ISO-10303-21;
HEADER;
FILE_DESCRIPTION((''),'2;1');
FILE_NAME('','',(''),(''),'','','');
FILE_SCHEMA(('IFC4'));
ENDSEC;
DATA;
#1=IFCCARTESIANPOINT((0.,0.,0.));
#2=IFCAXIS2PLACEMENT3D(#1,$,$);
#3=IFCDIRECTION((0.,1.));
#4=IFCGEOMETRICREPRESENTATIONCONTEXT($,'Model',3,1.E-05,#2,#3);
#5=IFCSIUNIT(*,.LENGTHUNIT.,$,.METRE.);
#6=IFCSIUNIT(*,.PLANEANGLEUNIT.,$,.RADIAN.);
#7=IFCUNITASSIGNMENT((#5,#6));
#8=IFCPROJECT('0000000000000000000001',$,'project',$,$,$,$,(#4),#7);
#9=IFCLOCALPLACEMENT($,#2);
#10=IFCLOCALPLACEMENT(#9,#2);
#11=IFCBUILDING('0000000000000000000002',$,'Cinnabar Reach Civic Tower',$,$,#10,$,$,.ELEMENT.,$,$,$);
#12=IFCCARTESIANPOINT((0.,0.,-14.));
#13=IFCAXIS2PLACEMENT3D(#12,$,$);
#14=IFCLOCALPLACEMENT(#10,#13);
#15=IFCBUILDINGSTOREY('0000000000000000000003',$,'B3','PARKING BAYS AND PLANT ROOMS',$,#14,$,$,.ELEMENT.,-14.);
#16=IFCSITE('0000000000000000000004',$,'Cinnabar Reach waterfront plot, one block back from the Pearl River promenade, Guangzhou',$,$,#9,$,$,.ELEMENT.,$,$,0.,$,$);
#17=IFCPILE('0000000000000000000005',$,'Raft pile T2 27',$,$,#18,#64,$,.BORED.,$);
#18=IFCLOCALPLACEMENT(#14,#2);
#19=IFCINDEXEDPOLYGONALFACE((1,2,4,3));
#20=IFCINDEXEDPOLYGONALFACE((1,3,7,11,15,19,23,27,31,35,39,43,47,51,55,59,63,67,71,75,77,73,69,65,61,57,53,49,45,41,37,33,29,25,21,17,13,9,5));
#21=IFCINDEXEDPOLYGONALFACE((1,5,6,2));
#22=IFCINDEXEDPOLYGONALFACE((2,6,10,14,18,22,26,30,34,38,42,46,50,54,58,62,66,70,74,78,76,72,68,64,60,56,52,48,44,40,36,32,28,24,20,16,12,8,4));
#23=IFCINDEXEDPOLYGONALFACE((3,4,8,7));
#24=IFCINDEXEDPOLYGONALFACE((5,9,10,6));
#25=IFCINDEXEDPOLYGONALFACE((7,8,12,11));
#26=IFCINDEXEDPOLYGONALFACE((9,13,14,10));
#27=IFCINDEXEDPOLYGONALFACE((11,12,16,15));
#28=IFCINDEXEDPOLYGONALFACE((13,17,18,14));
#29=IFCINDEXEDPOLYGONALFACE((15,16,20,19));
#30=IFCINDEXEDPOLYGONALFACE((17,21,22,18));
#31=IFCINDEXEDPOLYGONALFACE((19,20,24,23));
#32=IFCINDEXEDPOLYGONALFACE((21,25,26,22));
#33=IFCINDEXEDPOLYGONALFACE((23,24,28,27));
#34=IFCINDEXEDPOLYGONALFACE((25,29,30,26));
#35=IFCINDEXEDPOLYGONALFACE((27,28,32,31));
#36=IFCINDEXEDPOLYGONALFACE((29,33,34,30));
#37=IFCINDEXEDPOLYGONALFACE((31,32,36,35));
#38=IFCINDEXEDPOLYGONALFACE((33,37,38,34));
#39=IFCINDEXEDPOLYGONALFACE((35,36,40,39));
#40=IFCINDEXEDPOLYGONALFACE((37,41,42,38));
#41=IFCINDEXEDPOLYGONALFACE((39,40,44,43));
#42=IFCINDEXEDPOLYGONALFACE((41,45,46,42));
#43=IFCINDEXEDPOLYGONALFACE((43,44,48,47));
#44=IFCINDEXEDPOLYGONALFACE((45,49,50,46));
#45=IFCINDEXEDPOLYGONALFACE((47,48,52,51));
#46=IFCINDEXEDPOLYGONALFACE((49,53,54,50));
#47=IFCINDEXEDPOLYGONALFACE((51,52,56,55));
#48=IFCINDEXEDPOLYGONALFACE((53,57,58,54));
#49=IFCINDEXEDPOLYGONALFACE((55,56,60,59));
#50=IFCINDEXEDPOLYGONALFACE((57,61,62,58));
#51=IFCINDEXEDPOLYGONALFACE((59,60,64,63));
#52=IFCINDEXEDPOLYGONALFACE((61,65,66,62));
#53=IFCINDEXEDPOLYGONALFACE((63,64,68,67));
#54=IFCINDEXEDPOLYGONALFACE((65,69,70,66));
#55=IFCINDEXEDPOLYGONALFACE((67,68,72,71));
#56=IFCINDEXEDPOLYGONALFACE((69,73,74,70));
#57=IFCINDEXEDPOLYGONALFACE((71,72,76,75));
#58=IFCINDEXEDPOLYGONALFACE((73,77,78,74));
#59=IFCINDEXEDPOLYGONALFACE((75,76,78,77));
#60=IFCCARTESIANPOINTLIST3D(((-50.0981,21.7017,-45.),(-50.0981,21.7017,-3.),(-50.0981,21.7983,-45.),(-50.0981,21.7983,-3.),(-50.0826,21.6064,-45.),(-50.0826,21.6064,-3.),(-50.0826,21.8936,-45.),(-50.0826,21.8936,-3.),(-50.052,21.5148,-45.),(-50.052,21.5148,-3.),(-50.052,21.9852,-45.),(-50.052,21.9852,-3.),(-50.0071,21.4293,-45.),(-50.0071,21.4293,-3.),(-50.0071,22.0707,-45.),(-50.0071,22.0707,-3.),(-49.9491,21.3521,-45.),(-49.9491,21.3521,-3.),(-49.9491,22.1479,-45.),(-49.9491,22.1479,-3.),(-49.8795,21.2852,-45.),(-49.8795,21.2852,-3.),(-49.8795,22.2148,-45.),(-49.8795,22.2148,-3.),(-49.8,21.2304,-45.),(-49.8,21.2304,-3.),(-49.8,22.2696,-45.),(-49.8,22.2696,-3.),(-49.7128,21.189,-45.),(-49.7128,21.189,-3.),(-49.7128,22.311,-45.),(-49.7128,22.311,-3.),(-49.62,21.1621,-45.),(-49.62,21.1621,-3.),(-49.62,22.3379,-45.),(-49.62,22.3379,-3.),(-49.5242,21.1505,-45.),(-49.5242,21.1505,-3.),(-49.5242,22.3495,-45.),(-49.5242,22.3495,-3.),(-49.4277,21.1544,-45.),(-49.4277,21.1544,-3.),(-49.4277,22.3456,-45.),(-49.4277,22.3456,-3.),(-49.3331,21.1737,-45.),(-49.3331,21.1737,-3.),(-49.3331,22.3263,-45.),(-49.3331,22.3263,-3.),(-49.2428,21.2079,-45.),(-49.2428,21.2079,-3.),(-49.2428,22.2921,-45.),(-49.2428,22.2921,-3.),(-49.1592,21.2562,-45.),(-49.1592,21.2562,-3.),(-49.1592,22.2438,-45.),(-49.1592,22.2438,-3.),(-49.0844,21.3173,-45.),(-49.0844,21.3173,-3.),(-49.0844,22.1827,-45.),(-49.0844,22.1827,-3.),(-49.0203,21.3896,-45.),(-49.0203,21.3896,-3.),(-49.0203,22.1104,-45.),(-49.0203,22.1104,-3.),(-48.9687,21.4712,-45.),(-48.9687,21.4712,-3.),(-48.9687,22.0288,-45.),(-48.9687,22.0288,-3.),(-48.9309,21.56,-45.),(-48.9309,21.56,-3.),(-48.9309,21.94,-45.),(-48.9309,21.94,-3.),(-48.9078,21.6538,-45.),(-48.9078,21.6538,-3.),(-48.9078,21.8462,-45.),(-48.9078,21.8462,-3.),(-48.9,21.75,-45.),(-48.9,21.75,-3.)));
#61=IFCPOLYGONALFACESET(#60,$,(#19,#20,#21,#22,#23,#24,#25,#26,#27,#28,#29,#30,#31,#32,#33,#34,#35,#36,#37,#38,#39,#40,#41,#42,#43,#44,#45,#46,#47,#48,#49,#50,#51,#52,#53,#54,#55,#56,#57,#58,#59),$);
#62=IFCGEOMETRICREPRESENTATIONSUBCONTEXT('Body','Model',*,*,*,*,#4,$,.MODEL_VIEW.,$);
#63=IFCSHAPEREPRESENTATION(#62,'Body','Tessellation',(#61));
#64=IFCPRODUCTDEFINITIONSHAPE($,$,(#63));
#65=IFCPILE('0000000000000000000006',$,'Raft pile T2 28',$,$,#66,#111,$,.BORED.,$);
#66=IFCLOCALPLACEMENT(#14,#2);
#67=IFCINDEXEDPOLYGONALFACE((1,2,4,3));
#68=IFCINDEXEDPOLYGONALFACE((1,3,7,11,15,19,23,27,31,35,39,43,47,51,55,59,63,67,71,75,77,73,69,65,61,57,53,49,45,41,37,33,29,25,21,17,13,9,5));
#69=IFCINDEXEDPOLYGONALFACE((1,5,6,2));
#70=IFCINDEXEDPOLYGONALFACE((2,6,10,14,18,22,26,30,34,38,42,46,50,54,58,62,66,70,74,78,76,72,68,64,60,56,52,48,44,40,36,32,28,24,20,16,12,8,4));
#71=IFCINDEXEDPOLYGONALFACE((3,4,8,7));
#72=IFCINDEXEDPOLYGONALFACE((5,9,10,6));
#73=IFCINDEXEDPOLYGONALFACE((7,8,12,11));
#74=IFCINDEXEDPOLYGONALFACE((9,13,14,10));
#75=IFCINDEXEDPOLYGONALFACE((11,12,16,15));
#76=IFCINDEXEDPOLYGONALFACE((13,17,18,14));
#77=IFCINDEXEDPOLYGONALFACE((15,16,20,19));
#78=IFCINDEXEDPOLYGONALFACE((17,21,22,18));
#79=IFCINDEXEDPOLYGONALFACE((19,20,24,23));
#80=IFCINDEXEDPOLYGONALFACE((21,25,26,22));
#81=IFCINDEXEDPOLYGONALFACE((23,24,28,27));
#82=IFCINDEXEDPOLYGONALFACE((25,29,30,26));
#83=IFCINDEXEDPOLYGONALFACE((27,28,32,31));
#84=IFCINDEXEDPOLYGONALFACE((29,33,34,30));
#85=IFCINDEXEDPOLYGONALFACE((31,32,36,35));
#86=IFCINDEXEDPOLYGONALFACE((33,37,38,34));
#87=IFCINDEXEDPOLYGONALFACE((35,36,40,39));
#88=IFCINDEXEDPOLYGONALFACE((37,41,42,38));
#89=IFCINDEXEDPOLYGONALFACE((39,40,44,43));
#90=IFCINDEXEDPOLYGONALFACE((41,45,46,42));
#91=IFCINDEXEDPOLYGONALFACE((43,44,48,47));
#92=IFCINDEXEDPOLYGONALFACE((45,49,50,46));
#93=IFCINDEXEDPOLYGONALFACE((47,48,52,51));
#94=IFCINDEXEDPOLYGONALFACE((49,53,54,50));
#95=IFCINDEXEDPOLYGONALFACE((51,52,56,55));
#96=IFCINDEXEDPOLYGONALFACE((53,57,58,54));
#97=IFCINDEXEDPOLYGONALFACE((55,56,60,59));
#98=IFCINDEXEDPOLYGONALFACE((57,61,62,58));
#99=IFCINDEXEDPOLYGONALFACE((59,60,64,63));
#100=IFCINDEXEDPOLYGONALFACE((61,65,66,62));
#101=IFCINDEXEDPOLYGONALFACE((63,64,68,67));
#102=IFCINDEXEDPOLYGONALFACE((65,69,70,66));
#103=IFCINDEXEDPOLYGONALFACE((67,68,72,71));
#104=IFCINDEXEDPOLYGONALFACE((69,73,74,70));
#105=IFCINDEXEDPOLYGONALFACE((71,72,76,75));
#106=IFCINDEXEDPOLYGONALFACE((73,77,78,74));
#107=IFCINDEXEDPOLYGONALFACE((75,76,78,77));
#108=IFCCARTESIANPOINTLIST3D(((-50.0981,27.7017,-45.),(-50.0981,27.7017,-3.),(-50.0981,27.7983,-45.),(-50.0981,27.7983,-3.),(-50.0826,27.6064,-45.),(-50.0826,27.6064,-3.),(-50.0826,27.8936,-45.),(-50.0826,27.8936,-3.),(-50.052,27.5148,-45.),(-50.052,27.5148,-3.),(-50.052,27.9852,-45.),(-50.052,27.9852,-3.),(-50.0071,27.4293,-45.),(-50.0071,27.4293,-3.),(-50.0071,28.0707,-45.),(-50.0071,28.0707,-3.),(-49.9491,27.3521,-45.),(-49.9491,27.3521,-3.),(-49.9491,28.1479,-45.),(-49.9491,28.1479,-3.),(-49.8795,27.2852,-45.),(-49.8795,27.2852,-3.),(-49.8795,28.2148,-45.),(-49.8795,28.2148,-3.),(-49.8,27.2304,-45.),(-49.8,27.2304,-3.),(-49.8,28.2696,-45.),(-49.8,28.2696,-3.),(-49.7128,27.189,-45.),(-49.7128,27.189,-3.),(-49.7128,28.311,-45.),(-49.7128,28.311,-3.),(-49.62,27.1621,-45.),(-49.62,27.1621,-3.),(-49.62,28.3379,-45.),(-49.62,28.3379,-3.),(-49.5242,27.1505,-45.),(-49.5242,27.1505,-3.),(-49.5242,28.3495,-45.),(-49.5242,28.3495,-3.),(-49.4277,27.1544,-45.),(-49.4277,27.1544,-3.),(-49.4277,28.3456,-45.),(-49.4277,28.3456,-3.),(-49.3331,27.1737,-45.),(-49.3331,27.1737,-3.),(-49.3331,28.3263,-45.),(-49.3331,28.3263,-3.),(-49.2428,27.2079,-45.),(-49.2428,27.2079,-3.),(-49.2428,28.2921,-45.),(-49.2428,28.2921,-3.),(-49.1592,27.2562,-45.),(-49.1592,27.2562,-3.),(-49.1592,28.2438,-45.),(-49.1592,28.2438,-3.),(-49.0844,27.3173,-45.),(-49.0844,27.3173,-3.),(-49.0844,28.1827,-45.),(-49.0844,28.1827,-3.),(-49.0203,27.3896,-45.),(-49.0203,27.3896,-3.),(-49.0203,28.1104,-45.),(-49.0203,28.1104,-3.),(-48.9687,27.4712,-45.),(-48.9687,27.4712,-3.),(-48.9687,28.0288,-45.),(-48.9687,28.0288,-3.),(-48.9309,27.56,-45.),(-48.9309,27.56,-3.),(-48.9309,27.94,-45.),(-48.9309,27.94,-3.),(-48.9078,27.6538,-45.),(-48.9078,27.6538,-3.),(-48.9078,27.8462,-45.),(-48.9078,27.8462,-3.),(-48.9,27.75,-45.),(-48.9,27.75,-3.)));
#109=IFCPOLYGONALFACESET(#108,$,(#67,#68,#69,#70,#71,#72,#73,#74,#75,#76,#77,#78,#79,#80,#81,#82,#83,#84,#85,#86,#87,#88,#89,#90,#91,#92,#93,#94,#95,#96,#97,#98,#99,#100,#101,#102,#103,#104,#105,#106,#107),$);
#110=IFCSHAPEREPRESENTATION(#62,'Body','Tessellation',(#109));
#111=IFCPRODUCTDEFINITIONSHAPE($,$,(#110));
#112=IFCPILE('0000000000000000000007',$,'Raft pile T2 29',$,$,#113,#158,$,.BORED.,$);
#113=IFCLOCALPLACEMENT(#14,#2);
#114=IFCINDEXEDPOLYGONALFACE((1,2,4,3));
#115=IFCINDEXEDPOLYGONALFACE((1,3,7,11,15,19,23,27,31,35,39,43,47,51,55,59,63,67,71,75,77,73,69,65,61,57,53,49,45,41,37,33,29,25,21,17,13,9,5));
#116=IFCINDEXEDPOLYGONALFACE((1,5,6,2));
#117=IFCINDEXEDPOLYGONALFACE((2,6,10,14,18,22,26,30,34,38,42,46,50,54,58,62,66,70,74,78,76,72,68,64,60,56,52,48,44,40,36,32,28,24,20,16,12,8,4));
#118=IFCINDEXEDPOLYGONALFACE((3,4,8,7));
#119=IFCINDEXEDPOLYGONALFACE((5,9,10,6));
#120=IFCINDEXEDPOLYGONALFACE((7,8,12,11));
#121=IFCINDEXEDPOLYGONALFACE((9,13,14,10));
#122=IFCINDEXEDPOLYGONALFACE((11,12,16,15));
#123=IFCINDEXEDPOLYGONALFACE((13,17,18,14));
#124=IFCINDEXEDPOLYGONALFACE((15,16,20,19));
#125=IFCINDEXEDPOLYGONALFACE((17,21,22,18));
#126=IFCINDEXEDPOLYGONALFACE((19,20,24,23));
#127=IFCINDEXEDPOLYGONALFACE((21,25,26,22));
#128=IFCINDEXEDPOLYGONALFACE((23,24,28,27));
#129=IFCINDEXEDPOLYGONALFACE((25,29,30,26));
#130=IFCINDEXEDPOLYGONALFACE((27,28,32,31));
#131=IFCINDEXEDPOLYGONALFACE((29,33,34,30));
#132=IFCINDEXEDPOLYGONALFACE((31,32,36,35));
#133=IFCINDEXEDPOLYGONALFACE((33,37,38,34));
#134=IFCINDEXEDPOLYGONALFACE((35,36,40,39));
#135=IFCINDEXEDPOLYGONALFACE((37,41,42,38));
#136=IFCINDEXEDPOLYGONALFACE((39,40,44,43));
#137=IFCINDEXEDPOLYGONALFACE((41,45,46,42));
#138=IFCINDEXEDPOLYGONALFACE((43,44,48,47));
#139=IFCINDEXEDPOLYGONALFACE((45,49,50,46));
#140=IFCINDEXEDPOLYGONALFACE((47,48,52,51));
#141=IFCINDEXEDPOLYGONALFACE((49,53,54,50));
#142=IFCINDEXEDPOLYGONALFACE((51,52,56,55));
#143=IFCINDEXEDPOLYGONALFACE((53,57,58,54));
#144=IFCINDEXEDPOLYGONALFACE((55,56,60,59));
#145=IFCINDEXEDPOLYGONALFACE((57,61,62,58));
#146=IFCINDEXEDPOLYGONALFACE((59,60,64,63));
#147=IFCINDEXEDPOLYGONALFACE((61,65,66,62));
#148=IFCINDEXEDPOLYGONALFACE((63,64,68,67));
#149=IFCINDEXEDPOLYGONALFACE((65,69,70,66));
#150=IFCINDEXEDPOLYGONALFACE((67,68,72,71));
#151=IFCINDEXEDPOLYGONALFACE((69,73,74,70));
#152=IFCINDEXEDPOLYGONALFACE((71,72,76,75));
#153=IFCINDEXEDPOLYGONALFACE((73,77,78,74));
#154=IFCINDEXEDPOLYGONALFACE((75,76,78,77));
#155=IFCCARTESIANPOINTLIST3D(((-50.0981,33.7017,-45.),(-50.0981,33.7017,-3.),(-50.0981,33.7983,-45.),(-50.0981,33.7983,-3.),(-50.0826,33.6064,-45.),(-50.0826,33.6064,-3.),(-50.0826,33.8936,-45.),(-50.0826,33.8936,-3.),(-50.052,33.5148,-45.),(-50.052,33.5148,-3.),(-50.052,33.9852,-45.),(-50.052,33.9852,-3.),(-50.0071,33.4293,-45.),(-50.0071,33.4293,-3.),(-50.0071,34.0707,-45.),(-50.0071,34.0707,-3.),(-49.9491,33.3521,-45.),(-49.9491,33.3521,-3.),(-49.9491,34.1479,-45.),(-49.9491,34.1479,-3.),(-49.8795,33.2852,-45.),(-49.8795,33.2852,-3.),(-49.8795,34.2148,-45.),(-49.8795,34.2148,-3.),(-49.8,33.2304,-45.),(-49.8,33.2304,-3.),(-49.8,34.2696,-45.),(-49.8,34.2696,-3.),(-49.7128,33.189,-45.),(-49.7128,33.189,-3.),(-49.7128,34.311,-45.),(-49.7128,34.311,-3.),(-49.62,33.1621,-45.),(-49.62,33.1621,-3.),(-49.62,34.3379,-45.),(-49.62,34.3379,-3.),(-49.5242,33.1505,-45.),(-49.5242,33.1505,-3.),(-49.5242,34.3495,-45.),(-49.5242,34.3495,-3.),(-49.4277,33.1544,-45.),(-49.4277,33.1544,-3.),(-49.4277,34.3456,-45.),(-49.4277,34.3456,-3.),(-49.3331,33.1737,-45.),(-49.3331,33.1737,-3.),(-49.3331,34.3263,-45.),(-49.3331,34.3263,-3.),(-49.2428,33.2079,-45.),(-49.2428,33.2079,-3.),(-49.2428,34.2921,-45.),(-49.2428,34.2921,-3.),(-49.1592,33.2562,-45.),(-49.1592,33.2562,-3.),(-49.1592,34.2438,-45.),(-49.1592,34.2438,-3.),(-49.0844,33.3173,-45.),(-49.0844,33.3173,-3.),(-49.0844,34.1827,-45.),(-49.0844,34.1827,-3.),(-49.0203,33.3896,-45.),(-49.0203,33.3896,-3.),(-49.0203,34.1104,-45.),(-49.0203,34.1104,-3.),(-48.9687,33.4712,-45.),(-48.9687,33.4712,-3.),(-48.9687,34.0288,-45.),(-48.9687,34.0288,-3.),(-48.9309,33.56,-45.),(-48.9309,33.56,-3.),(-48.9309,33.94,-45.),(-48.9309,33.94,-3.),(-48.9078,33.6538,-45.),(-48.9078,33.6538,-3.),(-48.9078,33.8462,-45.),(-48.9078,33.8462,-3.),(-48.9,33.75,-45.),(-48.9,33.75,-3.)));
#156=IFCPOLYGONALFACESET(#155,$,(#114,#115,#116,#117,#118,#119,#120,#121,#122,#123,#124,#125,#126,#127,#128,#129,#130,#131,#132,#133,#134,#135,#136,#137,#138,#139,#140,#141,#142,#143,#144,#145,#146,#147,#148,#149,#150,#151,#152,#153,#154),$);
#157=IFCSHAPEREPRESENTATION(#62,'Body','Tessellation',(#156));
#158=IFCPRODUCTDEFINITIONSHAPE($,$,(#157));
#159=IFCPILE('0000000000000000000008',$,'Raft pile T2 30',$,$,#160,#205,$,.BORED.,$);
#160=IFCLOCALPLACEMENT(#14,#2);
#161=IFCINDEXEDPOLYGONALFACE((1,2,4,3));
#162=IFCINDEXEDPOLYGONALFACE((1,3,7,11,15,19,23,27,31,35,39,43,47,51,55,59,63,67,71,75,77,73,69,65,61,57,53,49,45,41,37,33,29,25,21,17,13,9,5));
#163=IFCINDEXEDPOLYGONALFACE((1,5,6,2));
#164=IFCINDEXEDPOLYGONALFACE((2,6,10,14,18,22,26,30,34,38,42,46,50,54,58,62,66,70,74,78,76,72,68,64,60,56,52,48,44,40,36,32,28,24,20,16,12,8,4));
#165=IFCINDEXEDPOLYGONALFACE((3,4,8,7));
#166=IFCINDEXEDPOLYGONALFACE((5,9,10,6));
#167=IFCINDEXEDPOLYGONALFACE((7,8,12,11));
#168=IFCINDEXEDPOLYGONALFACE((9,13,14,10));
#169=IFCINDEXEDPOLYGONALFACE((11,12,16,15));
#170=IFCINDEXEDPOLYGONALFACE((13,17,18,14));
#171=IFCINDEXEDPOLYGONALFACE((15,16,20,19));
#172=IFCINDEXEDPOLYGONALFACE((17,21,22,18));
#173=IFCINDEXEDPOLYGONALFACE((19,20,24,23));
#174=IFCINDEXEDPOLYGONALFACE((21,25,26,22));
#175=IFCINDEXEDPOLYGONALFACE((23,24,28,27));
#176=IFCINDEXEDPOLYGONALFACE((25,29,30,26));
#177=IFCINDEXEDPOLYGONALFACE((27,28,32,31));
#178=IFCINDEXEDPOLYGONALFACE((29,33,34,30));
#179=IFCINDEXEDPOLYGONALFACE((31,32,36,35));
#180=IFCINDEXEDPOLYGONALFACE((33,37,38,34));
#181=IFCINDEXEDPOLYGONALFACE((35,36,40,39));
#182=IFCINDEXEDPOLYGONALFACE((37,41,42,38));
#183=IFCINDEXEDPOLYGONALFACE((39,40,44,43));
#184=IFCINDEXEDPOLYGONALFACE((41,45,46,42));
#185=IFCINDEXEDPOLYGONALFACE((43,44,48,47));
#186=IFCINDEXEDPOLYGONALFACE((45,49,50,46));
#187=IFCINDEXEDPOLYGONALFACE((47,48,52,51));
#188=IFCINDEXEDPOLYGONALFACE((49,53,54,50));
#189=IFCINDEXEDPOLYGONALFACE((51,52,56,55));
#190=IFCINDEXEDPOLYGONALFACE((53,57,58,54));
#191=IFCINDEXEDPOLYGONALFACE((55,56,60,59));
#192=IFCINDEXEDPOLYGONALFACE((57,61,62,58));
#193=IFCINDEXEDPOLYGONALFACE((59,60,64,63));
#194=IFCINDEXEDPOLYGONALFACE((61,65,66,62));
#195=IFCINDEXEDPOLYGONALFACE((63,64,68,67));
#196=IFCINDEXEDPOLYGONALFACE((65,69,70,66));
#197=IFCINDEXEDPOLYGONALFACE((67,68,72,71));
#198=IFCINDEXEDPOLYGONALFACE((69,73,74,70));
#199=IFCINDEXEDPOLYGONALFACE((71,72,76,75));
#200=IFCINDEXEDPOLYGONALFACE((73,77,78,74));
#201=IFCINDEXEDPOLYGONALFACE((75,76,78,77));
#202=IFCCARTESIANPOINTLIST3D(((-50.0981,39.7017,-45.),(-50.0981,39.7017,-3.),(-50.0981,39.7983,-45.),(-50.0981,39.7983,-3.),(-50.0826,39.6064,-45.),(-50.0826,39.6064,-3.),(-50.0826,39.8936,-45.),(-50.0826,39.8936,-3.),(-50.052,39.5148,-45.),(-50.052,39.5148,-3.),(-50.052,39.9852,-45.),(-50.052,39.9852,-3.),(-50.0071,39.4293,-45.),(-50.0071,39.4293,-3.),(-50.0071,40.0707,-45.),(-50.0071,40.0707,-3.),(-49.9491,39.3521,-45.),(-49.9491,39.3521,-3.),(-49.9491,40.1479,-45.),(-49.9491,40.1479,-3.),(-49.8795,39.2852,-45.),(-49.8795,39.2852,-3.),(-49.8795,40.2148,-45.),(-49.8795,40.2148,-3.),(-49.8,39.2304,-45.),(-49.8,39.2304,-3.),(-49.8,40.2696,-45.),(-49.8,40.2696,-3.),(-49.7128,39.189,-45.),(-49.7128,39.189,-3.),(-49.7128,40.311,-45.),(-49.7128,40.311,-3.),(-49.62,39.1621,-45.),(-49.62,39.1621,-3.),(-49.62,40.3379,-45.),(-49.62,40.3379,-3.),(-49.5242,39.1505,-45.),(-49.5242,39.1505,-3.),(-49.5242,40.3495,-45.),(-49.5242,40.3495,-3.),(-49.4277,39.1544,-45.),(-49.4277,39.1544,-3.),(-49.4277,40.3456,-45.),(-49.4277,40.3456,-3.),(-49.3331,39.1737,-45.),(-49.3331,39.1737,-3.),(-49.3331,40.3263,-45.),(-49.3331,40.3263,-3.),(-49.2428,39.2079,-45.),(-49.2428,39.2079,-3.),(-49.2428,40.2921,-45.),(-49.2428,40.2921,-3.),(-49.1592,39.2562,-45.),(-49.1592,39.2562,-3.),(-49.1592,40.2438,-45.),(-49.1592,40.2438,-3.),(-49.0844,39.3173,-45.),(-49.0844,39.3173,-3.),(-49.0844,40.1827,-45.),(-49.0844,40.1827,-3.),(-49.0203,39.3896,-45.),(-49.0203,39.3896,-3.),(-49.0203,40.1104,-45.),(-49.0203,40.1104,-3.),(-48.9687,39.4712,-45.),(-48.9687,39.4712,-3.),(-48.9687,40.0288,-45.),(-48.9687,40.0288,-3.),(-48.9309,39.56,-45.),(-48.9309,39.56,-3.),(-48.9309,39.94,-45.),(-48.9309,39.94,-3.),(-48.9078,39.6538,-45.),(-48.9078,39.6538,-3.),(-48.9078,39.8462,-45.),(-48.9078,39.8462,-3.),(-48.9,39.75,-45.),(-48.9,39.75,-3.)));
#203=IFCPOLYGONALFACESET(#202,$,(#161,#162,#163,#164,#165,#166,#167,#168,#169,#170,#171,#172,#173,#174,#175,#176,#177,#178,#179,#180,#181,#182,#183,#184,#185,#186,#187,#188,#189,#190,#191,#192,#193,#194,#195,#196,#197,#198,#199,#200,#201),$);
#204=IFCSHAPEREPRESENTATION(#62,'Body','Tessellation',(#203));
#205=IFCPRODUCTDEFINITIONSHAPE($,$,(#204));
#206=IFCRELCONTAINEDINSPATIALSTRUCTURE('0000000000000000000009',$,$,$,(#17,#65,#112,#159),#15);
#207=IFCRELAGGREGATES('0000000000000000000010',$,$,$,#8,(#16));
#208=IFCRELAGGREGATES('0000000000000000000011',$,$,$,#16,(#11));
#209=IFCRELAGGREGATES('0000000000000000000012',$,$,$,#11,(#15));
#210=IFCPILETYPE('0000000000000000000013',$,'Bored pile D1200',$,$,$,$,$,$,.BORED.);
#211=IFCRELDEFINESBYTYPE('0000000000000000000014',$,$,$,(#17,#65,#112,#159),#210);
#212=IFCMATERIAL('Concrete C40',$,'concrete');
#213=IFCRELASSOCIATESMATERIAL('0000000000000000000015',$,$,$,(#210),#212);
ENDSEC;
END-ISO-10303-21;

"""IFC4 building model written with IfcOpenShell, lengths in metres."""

from ifc_helpers import new_model, si_unit, direction, frame, origin, origin_2d, place, context, subcontext, project, spatial, circle, extrude, material, type_object, element, save


model = new_model("IFC4")

# Units and contexts
model_context = context("Model", 3, precision=1e-05, world=origin(), true_north=direction((0.0, 1.0)))
body_context = subcontext(model_context, "Body", "Model", "MODEL_VIEW")
ifc_project = project(units=[si_unit("LENGTHUNIT", "METRE"), si_unit("PLANEANGLEUNIT", "RADIAN")], contexts=[model_context])

# Site, building, storey
site_placement = place(None, origin())
site = spatial("IfcSite", under=ifc_project, at=site_placement, Name="Cinnabar Reach waterfront plot, one block back from the Pearl River promenade, Guangzhou", CompositionType="ELEMENT", RefElevation=0.0)
building_placement = place(site_placement, origin())
building = spatial("IfcBuilding", under=site, at=building_placement, Name="Cinnabar Reach Civic Tower", CompositionType="ELEMENT")
storey_placement = place(building_placement, frame((0.0, 0.0, -14.0)))
storey = spatial("IfcBuildingStorey", under=building, at=storey_placement, Name="B3", Description="PARKING BAYS AND PLANT ROOMS", CompositionType="ELEMENT", Elevation=-14.0)

# Piles
ifc_material_1 = material(Name="Concrete C40", Category="concrete")
pile_type = type_object("IfcPileType", Name="Bored pile D1200", PredefinedType="BORED", material=ifc_material_1)
for number, where, z_axis, x_axis, name in (
    (1, (-49.5, 21.75, -3.0), (0.0, 0.0, -1.0), (1.0, 0.0, 0.0), "Raft pile T2 27"),
    (2, (-49.5, 27.75, -3.0), (0.0, 0.0, -1.0), (1.0, 0.0, 0.0), "Raft pile T2 28"),
    (3, (-49.5, 33.75, -3.0), (0.0, 0.0, -1.0), (1.0, 0.0, 0.0), "Raft pile T2 29"),
    (4, (-49.5, 39.75, -3.0), (0.0, 0.0, -1.0), (1.0, 0.0, 0.0), "Raft pile T2 30"),
):
    element("IfcPile", number, at=place(storey_placement, frame(where, z_axis=z_axis, x_axis=x_axis)), inside=storey, type_object=pile_type, Name=name, PredefinedType="BORED", context=body_context, shape_type="SweptSolid", body=[
        extrude(circle(Radius=0.6, at=origin_2d()), origin(), (0.0, 0.0, 1.0), 42.0),
    ])

save(model, "model.ifc")
